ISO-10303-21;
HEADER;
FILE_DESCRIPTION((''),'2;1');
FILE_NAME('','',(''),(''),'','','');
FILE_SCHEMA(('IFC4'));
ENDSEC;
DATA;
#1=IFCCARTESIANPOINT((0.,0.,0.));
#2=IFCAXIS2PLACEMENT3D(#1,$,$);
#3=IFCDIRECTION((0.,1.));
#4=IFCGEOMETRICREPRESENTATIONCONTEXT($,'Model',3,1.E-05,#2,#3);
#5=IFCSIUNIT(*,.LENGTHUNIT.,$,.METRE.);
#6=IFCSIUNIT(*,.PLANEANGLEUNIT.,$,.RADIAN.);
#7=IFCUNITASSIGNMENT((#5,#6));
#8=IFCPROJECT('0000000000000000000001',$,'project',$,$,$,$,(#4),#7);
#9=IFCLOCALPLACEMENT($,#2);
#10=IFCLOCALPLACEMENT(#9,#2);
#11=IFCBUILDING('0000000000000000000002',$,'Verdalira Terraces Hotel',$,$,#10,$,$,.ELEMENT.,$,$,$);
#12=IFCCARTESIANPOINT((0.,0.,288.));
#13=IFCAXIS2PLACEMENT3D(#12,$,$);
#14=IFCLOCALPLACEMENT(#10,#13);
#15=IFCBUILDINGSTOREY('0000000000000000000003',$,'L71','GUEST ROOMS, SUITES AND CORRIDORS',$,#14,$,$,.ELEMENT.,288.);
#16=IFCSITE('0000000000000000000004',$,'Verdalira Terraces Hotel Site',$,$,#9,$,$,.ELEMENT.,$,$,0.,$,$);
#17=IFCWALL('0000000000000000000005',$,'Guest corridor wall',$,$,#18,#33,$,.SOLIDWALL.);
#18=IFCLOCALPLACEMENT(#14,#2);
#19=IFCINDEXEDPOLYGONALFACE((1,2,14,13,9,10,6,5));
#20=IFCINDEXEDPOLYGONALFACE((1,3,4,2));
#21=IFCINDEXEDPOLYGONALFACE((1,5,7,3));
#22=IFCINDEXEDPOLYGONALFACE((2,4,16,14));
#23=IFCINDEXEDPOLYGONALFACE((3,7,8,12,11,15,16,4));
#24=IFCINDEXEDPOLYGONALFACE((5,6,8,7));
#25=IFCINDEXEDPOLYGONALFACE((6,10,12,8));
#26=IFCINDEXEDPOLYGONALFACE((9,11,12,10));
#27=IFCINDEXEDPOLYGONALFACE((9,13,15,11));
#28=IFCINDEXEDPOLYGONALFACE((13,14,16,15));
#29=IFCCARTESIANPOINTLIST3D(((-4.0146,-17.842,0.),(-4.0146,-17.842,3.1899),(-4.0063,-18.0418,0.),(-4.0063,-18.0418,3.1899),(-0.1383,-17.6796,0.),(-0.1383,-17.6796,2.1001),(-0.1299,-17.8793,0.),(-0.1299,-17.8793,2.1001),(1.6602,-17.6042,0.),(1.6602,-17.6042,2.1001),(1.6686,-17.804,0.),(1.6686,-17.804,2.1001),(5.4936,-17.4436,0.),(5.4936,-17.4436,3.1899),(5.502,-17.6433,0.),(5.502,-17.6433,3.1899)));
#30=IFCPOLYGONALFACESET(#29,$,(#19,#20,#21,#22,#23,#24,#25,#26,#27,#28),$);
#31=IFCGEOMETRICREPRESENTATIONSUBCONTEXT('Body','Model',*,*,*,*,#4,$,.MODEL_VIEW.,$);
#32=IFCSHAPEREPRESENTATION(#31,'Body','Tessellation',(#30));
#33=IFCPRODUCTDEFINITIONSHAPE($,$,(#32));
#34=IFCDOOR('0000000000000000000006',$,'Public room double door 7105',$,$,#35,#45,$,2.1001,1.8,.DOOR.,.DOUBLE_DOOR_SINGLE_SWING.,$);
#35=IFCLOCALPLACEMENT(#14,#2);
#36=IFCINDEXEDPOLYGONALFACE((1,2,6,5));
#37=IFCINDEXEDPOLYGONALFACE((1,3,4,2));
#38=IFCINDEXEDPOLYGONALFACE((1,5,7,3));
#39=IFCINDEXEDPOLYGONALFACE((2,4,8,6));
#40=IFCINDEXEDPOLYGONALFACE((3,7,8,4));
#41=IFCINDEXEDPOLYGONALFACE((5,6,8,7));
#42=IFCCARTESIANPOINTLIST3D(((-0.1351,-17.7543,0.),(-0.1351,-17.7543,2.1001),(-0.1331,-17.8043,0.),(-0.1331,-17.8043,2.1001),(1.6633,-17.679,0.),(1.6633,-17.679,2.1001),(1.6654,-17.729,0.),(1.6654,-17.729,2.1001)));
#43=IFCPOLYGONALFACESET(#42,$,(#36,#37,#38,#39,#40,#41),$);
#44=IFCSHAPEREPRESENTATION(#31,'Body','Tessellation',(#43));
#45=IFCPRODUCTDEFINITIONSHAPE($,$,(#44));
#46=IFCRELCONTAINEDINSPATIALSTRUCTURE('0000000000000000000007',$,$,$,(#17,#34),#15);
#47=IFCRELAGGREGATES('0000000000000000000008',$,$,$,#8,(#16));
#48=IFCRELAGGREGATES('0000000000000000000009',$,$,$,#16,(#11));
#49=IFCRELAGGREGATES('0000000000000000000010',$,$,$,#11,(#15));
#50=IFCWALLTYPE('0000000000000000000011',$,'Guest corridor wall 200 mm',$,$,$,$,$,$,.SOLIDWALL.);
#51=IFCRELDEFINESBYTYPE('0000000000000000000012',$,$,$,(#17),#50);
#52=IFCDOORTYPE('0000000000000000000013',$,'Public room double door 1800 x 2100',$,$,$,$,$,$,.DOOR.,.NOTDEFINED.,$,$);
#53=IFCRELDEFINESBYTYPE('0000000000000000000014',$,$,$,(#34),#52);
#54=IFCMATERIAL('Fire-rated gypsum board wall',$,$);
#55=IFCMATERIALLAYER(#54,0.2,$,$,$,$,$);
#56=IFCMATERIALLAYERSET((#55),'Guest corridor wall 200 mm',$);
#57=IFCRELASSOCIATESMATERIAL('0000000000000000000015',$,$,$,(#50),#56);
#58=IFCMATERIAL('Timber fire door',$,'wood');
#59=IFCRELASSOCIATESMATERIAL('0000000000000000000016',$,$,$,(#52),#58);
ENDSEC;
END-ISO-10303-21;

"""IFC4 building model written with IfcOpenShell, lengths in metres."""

from ifc_helpers import new_model, si_unit, direction, frame, frame_2d, origin, place, context, subcontext, project, spatial, rectangle, extrude, material, layer, layer_set, type_object, element, fill, save


model = new_model("IFC4")

# Units and contexts
model_context = context("Model", 3, precision=1e-05, world=origin(), true_north=direction((0.0, 1.0)))
body_context = subcontext(model_context, "Body", "Model", "MODEL_VIEW")
ifc_project = project(units=[si_unit("LENGTHUNIT", "METRE"), si_unit("PLANEANGLEUNIT", "RADIAN")], contexts=[model_context])

# Site, building, storey
site_placement = place(None, origin())
site = spatial("IfcSite", under=ifc_project, at=site_placement, Name="Verdalira Terraces Hotel Site", CompositionType="ELEMENT", RefElevation=0.0)
building_placement = place(site_placement, origin())
building = spatial("IfcBuilding", under=site, at=building_placement, Name="Verdalira Terraces Hotel", CompositionType="ELEMENT")
storey_placement = place(building_placement, frame((0.0, 0.0, 288.0)))
storey = spatial("IfcBuildingStorey", under=building, at=storey_placement, Name="L71", Description="GUEST ROOMS, SUITES AND CORRIDORS", CompositionType="ELEMENT", Elevation=288.0)

# Wall, opening, door
ifc_material_1 = material(Name="Fire-rated gypsum board wall")
ifc_layer_1 = layer(ifc_material_1, 0.2)
ifc_layer_set_1 = layer_set([ifc_layer_1], Name="Guest corridor wall 200 mm")
wall_type_1 = type_object("IfcWallType", Name="Guest corridor wall 200 mm", PredefinedType="SOLIDWALL", material=ifc_layer_set_1)
wall_1_placement = place(storey_placement, frame((5.4978, -17.5435, 0.0), z_axis=(0.0, 0.0, 1.0), x_axis=(-0.999123, -0.041867, 0.0)))
wall_1 = element("IfcWall", 1, at=wall_1_placement, inside=storey, type_object=wall_type_1, Name="Guest corridor wall", PredefinedType="SOLIDWALL", context=body_context, shape_type="SweptSolid", body=[
    extrude(rectangle(XDim=9.5166, YDim=0.2, at=frame_2d((4.7583, 0.0))), origin(), (0.0, 0.0, 1.0), 3.1899),
])
opening_1_placement = place(wall_1_placement, frame((3.8369, 0.0, 0.0)))
opening_1 = element("IfcOpeningElement", 2, at=opening_1_placement, cuts=wall_1, PredefinedType="OPENING", context=body_context, shape_type="SweptSolid", body=[
    extrude(rectangle(XDim=1.8, YDim=2.1001, at=frame_2d((0.8999, 1.05))), frame((0.0, 0.1099, 0.0), z_axis=(0.0, -1.0, 0.0), x_axis=(1.0, 0.0, 0.0)), (0.0, 0.0, 1.0), 0.22),
])
ifc_material_2 = material(Name="Timber fire door", Category="wood")
door_type_1 = type_object("IfcDoorType", Name="Public room double door 1800 x 2100", OperationType="NOTDEFINED", PredefinedType="DOOR", material=ifc_material_2)
door_1_placement = place(opening_1_placement, origin())
door_1 = element("IfcDoor", 3, at=door_1_placement, inside=storey, type_object=door_type_1, Name="Public room double door 7105", OperationType="DOUBLE_DOOR_SINGLE_SWING", OverallHeight=2.1001, OverallWidth=1.8, PredefinedType="DOOR", context=body_context, shape_type="SweptSolid", body=[
    extrude(rectangle(XDim=1.8, YDim=2.1001, at=frame_2d((0.8999, 1.05))), frame((0.0, 0.0249, 0.0), z_axis=(0.0, -1.0, 0.0), x_axis=(1.0, 0.0, 0.0)), (0.0, 0.0, 1.0), 0.05),
])
fill(opening_1, door_1)

save(model, "model.ifc")
